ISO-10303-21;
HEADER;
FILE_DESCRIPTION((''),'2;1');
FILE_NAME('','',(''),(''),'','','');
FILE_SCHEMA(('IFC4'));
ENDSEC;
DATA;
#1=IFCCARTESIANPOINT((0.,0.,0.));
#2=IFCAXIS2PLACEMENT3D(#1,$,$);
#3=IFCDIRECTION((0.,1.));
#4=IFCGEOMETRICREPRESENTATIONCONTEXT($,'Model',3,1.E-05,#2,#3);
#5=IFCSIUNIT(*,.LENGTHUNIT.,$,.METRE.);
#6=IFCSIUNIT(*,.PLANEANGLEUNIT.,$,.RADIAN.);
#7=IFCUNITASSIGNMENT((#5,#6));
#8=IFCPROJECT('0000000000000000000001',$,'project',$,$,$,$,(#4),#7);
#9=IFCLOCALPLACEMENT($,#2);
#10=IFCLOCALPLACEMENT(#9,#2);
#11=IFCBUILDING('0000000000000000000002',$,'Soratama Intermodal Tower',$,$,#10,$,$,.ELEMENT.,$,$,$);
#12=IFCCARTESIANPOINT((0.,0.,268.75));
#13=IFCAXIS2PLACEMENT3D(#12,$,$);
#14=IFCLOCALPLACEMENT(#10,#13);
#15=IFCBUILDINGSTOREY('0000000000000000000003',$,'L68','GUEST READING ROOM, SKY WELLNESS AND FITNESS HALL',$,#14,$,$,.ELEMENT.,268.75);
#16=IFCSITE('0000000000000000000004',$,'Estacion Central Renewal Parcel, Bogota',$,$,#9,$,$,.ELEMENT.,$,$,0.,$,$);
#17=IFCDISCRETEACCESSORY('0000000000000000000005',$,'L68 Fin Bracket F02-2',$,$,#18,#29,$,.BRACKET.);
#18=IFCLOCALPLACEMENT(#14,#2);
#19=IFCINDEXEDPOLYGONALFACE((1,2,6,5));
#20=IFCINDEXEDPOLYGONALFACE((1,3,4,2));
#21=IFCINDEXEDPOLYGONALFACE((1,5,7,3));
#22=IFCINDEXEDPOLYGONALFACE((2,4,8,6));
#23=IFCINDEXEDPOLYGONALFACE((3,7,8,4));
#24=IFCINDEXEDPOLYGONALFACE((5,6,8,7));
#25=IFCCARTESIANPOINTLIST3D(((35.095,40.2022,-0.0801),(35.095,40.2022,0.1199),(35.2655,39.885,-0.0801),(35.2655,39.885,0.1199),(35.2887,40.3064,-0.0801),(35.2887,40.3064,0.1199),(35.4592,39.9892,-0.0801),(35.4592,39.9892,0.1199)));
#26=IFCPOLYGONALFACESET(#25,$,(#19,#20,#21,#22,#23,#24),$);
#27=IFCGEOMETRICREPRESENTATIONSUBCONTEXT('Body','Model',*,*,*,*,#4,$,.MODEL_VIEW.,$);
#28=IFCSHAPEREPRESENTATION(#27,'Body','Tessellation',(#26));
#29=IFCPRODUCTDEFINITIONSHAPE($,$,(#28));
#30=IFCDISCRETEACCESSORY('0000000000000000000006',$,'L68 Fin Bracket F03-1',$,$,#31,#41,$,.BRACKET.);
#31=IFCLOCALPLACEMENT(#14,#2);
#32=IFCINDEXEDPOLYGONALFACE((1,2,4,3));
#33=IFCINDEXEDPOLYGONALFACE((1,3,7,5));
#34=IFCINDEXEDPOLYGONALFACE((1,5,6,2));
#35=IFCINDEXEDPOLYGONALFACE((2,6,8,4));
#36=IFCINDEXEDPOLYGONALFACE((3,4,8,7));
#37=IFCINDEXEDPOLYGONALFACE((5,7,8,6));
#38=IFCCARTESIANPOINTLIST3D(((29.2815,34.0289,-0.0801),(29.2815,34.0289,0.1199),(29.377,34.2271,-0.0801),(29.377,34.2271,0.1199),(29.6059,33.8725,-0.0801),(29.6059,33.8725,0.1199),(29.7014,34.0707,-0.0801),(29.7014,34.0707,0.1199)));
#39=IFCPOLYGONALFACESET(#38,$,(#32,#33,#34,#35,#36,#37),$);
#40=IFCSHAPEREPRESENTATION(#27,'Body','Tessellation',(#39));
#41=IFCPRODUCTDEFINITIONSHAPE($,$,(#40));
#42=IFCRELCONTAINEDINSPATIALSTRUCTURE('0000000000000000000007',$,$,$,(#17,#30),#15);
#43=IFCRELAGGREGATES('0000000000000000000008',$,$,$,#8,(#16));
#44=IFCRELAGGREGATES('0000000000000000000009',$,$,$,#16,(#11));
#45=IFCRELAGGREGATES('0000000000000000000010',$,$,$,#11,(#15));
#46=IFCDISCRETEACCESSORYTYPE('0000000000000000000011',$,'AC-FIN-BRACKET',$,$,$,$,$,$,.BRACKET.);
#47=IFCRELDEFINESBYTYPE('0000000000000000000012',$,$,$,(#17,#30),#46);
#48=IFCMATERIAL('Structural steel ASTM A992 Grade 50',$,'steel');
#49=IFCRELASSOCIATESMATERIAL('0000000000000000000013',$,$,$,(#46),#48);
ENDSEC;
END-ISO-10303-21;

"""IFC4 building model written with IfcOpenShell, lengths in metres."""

from ifc_helpers import new_model, si_unit, direction, frame, origin, origin_2d, place, context, subcontext, project, spatial, rectangle, extrude, material, type_object, element, save


model = new_model("IFC4")

# Units and contexts
model_context = context("Model", 3, precision=1e-05, world=origin(), true_north=direction((0.0, 1.0)))
body_context = subcontext(model_context, "Body", "Model", "MODEL_VIEW")
ifc_project = project(units=[si_unit("LENGTHUNIT", "METRE"), si_unit("PLANEANGLEUNIT", "RADIAN")], contexts=[model_context])

# Site, building, storey
site_placement = place(None, origin())
site = spatial("IfcSite", under=ifc_project, at=site_placement, Name="Estacion Central Renewal Parcel, Bogota", CompositionType="ELEMENT", RefElevation=0.0)
building_placement = place(site_placement, origin())
building = spatial("IfcBuilding", under=site, at=building_placement, Name="Soratama Intermodal Tower", CompositionType="ELEMENT")
storey_placement = place(building_placement, frame((0.0, 0.0, 268.75)))
storey = spatial("IfcBuildingStorey", under=building, at=storey_placement, Name="L68", Description="GUEST READING ROOM, SKY WELLNESS AND FITNESS HALL", CompositionType="ELEMENT", Elevation=268.75)

# Discrete accessories
ifc_material_1 = material(Name="Structural steel ASTM A992 Grade 50", Category="steel")
discrete_accessory_type = type_object("IfcDiscreteAccessoryType", Name="AC-FIN-BRACKET", PredefinedType="BRACKET", material=ifc_material_1)
for number, where, z_axis, x_axis, name in (
    (1, (35.2771, 40.0957, -0.0801), (0.0, 0.0, 1.0), (-0.473473, 0.880808, 0.0), "L68 Fin Bracket F02-2"),
    (2, (29.4915, 34.0498, -0.0801), (0.0, 0.0, 1.0), (-0.900774, 0.434288, 0.0), "L68 Fin Bracket F03-1"),
):
    element("IfcDiscreteAccessory", number, at=place(storey_placement, frame(where, z_axis=z_axis, x_axis=x_axis)), inside=storey, type_object=discrete_accessory_type, Name=name, PredefinedType="BRACKET", context=body_context, shape_type="SweptSolid", body=[
        extrude(rectangle(XDim=0.3601, YDim=0.22, at=origin_2d()), origin(), (0.0, 0.0, 1.0), 0.2),
    ])

save(model, "model.ifc")
